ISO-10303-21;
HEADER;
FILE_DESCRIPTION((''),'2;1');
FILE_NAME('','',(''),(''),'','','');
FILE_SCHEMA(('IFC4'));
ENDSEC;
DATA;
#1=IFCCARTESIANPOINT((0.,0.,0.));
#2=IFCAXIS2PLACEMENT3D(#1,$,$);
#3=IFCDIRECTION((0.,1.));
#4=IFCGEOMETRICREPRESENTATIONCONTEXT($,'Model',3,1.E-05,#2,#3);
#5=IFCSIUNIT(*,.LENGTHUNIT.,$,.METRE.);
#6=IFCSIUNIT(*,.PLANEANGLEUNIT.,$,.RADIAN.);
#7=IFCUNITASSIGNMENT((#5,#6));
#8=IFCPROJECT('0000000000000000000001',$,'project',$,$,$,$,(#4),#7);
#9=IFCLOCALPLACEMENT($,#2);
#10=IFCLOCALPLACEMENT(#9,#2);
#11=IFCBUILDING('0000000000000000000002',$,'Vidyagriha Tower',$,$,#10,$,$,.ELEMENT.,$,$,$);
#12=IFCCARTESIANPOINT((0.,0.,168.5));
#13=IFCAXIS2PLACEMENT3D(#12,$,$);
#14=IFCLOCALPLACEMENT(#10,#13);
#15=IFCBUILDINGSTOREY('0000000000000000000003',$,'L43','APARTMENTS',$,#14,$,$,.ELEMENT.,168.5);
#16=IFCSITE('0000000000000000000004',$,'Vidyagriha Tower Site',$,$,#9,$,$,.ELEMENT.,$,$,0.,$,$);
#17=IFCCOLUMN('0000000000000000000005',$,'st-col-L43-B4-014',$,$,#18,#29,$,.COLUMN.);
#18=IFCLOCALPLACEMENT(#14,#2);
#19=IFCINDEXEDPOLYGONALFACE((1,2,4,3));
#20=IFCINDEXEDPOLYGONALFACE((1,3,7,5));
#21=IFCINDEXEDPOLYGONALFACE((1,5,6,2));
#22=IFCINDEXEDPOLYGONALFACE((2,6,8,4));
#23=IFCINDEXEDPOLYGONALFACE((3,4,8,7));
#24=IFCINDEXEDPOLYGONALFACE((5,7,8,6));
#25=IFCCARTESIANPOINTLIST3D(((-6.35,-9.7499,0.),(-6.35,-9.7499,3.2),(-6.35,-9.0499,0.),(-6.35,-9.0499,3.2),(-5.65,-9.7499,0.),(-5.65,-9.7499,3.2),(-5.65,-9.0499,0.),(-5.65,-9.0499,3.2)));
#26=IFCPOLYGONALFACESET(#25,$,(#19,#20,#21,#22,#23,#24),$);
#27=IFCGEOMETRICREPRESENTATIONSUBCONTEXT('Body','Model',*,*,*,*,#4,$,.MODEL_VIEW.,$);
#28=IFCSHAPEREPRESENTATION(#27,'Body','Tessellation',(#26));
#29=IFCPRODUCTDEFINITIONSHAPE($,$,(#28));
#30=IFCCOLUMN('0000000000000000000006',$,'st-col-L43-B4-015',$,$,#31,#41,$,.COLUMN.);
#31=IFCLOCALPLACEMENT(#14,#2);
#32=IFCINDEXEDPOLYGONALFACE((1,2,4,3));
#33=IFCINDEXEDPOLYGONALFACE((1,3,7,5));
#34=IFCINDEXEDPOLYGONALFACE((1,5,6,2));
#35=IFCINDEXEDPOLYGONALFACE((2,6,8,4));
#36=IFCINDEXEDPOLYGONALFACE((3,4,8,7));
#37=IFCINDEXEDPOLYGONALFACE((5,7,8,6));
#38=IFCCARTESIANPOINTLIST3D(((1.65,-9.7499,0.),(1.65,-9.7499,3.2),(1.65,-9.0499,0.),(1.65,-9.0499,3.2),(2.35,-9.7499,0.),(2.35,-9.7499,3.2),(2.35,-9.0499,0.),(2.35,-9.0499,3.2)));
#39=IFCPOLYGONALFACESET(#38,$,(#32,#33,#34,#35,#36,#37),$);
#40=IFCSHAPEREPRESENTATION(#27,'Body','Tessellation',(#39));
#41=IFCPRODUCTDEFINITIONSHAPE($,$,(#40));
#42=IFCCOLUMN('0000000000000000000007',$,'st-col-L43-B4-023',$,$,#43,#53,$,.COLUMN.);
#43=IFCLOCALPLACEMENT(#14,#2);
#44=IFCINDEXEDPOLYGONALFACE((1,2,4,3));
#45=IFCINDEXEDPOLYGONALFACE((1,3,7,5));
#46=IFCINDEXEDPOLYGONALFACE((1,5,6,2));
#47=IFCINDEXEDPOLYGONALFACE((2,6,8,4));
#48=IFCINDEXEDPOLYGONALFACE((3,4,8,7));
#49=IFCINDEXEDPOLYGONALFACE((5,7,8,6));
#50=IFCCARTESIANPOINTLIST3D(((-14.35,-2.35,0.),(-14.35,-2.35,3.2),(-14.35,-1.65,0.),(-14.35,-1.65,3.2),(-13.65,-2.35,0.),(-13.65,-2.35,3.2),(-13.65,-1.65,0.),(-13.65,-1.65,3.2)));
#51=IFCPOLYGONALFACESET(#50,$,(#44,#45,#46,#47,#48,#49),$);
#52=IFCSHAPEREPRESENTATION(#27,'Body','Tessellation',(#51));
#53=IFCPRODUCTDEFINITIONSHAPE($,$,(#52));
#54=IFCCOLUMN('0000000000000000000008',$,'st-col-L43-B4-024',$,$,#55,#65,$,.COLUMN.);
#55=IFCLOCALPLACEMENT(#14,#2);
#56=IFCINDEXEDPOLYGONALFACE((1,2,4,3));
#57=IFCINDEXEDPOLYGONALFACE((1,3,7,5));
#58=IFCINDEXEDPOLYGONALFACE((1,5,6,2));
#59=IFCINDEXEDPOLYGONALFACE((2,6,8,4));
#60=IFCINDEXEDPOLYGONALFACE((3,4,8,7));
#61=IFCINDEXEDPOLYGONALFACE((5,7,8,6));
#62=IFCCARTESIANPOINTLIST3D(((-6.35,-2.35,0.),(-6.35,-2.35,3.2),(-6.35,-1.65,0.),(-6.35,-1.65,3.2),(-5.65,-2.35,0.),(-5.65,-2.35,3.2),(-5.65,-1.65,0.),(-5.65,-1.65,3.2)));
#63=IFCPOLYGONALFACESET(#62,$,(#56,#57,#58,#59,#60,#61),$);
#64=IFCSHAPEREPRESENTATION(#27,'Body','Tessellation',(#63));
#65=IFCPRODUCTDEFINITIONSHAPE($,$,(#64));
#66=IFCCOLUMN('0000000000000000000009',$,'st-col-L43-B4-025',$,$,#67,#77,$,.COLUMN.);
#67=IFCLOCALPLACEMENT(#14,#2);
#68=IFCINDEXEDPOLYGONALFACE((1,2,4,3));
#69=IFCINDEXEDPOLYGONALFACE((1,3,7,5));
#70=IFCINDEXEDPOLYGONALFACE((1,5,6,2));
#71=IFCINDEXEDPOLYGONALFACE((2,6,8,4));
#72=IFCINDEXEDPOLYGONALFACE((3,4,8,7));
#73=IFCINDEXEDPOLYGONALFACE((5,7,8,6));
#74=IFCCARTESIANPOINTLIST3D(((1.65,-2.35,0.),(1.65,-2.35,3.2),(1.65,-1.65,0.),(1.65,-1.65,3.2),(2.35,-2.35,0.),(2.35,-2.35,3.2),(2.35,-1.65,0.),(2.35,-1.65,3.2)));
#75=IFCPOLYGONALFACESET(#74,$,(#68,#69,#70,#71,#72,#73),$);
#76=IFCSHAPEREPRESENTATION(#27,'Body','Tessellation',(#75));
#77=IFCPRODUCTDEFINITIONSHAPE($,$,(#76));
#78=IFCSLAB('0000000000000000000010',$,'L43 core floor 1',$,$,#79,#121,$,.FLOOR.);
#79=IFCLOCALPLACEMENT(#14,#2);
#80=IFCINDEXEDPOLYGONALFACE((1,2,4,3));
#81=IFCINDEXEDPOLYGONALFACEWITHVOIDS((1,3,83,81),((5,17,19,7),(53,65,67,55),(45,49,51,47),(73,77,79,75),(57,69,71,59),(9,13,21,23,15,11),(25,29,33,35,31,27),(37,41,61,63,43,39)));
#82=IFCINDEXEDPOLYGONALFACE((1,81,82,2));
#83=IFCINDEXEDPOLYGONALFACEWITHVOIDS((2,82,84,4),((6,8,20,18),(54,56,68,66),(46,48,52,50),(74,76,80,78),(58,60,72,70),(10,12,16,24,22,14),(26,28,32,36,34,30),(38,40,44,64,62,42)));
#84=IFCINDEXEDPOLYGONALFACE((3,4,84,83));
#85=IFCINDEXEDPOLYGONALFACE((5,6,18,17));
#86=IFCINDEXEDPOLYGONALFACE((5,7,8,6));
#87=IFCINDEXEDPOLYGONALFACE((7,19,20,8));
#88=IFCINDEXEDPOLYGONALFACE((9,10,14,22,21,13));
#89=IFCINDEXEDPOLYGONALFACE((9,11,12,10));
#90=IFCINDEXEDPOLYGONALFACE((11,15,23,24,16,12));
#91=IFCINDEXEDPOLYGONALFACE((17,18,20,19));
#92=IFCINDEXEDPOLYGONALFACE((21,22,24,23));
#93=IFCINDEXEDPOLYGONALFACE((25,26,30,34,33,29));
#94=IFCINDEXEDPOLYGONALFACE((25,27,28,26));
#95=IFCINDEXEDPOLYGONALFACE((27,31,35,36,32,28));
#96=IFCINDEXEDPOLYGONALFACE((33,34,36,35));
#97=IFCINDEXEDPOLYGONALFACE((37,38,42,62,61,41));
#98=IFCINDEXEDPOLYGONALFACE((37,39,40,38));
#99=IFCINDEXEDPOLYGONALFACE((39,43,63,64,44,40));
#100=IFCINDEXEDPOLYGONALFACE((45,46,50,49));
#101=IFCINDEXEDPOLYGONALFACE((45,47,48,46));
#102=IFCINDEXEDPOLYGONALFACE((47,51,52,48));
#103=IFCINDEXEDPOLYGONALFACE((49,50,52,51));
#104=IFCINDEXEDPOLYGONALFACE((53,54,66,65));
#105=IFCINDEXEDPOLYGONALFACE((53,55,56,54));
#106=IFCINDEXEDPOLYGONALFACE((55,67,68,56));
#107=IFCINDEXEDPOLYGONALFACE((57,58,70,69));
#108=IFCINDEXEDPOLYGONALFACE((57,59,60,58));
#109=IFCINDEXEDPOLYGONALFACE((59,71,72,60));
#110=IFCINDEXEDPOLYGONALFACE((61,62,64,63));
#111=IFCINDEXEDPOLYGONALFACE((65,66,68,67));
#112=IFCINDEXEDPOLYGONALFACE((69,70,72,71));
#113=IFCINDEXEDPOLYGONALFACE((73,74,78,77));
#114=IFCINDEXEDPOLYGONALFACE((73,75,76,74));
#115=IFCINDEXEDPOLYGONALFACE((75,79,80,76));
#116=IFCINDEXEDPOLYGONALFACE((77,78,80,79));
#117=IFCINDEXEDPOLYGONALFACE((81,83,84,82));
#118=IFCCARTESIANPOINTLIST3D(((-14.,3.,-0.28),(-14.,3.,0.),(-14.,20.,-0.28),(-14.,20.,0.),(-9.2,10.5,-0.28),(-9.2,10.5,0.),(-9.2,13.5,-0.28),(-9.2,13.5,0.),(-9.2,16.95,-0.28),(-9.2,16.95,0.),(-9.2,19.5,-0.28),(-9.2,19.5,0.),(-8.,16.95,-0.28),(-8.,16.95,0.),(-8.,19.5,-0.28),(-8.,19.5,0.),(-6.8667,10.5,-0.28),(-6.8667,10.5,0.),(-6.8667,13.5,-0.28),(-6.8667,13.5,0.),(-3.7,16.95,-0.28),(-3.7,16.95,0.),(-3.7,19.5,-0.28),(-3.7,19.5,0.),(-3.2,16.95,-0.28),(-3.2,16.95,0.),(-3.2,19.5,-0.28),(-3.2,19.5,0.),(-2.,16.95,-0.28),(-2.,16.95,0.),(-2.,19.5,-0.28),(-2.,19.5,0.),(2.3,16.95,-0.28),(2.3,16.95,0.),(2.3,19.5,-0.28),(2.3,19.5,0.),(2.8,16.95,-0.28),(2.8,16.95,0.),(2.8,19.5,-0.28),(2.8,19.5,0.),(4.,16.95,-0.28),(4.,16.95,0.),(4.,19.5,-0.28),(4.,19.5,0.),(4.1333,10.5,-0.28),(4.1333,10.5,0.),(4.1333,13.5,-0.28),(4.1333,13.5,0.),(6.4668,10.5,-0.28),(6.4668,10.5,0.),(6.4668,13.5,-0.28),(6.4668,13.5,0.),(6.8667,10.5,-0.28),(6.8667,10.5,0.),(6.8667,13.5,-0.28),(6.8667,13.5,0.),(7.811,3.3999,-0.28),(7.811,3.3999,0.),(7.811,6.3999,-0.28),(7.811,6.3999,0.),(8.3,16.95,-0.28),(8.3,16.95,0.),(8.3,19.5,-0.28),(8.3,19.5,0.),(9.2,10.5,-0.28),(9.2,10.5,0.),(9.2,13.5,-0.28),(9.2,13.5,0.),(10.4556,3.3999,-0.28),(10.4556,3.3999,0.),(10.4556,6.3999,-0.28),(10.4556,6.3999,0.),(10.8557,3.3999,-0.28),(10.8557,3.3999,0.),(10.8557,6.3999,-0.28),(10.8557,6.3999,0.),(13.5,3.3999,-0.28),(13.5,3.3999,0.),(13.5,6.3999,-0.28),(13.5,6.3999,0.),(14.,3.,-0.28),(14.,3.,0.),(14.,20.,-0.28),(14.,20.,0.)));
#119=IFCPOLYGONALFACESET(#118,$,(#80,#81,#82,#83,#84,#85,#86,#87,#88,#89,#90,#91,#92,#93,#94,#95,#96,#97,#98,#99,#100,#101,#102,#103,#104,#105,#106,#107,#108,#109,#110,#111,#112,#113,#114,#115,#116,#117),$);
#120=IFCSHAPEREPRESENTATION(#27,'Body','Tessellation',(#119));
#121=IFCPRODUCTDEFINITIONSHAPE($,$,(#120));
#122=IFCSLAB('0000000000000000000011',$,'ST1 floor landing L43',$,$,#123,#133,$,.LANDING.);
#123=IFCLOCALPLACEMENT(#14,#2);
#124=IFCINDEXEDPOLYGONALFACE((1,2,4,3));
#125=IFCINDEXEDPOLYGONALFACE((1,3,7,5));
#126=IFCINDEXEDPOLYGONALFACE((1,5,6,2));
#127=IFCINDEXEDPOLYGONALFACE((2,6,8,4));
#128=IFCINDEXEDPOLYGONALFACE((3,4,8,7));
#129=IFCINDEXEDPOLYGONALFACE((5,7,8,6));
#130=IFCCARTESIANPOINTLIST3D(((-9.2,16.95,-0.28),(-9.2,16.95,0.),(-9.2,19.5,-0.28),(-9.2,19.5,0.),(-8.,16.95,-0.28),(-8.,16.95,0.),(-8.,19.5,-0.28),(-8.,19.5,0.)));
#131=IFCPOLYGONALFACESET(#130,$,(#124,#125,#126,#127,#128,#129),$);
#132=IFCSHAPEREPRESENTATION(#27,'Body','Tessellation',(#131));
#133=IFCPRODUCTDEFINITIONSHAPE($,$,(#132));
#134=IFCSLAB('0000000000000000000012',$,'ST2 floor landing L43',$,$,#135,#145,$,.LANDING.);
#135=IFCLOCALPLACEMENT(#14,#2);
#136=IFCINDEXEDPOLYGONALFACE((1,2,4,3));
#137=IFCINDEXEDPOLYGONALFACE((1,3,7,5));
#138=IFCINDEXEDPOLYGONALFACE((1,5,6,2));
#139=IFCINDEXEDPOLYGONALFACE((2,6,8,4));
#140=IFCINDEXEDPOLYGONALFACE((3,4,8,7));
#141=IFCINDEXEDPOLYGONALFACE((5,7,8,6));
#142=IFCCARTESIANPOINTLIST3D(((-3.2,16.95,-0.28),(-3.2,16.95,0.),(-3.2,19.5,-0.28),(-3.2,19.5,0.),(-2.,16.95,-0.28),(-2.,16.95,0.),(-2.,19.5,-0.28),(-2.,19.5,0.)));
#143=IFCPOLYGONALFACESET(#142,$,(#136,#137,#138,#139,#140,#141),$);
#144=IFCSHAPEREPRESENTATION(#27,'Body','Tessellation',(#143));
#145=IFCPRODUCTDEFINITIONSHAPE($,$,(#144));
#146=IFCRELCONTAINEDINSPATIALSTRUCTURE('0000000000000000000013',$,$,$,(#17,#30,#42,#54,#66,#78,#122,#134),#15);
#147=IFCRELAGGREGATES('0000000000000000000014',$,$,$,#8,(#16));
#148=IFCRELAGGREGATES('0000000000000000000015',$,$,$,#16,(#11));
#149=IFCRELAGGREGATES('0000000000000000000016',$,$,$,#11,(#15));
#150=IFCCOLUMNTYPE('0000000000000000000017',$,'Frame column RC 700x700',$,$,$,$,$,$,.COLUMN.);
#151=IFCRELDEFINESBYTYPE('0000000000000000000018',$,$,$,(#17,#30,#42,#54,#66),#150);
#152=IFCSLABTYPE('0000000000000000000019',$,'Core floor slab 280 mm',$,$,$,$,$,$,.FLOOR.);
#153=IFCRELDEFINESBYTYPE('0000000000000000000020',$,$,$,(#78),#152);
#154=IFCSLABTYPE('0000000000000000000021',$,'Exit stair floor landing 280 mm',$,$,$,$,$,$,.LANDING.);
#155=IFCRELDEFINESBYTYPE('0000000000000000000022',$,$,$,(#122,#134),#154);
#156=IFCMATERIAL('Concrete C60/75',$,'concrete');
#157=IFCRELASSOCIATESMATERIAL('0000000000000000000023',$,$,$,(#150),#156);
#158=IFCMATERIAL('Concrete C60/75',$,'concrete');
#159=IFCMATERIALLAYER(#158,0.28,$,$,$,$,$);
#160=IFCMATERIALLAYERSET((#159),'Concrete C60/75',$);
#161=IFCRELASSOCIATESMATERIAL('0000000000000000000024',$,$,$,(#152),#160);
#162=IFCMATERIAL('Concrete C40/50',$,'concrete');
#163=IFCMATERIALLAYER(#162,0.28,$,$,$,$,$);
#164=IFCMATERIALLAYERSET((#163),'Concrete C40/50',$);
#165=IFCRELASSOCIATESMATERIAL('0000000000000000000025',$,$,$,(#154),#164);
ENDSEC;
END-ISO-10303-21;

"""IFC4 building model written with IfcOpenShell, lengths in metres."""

from ifc_helpers import new_model, si_unit, direction, frame, origin, origin_2d, place, context, subcontext, project, spatial, polyline, rectangle, outline, extrude, material, layer, layer_set, material_profile, profile_set, type_object, element, save


model = new_model("IFC4")

# Units and contexts
model_context = context("Model", 3, precision=1e-05, world=origin(), true_north=direction((0.0, 1.0)))
body_context = subcontext(model_context, "Body", "Model", "MODEL_VIEW")
ifc_project = project(units=[si_unit("LENGTHUNIT", "METRE"), si_unit("PLANEANGLEUNIT", "RADIAN")], contexts=[model_context])

# Site, building, storey
site_placement = place(None, origin())
site = spatial("IfcSite", under=ifc_project, at=site_placement, Name="Vidyagriha Tower Site", CompositionType="ELEMENT", RefElevation=0.0)
building_placement = place(site_placement, origin())
building = spatial("IfcBuilding", under=site, at=building_placement, Name="Vidyagriha Tower", CompositionType="ELEMENT")
storey_placement = place(building_placement, frame((0.0, 0.0, 168.5)))
storey = spatial("IfcBuildingStorey", under=building, at=storey_placement, Name="L43", Description="APARTMENTS", CompositionType="ELEMENT", Elevation=168.5)

# Columns
ifc_material_1 = material(Name="Concrete C60/75", Category="concrete")
ifc_material_profile = material_profile(ifc_material_1, rectangle(XDim=0.7, YDim=0.7, at=origin_2d()), Name="RC 700x700")
ifc_profile_set = profile_set([ifc_material_profile], Name="Concrete C60/75")
column_type = type_object("IfcColumnType", Name="Frame column RC 700x700", PredefinedType="COLUMN", material=ifc_profile_set)
for number, where, name in (
    (1, (-6.0, -9.3999, 0.0), "st-col-L43-B4-014"),
    (2, (2.0, -9.3999, 0.0), "st-col-L43-B4-015"),
    (3, (-14.0, -2.0, 0.0), "st-col-L43-B4-023"),
    (4, (-6.0, -2.0, 0.0), "st-col-L43-B4-024"),
    (5, (2.0, -2.0, 0.0), "st-col-L43-B4-025"),
):
    element("IfcColumn", number, at=place(storey_placement, frame(where)), inside=storey, type_object=column_type, Name=name, PredefinedType="COLUMN", context=body_context, shape_type="SweptSolid", body=[
        extrude(rectangle(XDim=0.7, YDim=0.7, at=origin_2d()), origin(), (0.0, 0.0, 1.0), 3.2),
    ])

# Slabs
ifc_material_2 = material(Name="Concrete C60/75", Category="concrete")
ifc_layer_1 = layer(ifc_material_2, 0.28)
ifc_layer_set_1 = layer_set([ifc_layer_1], Name="Concrete C60/75")
slab_type_1 = type_object("IfcSlabType", Name="Core floor slab 280 mm", PredefinedType="FLOOR", material=ifc_layer_set_1)
slab_1_placement = place(storey_placement, frame((0.0, 0.0, -0.28)))
element("IfcSlab", 6, at=slab_1_placement, inside=storey, type_object=slab_type_1, Name="L43 core floor 1", PredefinedType="FLOOR", context=body_context, shape_type="SweptSolid", body=[
    extrude(outline(polyline([(-14.0, 3.0), (-14.0, 20.0), (14.0, 20.0), (14.0, 3.0), (-14.0, 3.0)]), holes=[polyline([(13.5, 6.3999), (10.8557, 6.3999), (10.8557, 3.3999), (13.5, 3.3999), (13.5, 6.3999)]), polyline([(10.4556, 6.3999), (7.811, 6.3999), (7.811, 3.3999), (10.4556, 3.3999), (10.4556, 6.3999)]), polyline([(9.2, 13.5), (6.8667, 13.5), (6.8667, 10.5), (9.2, 10.5), (9.2, 13.5)]), polyline([(2.8, 19.5), (2.8, 16.95), (4.0, 16.95), (8.3, 16.95), (8.3, 19.5), (4.0, 19.5), (2.8, 19.5)]), polyline([(4.1333, 13.5), (4.1333, 10.5), (6.4668, 10.5), (6.4668, 13.5), (4.1333, 13.5)]), polyline([(-2.0, 19.5), (-3.2, 19.5), (-3.2, 16.95), (-2.0, 16.95), (2.3, 16.95), (2.3, 19.5), (-2.0, 19.5)]), polyline([(-9.2, 19.5), (-9.2, 16.95), (-8.0, 16.95), (-3.7, 16.95), (-3.7, 19.5), (-8.0, 19.5), (-9.2, 19.5)]), polyline([(-9.2, 13.5), (-9.2, 10.5), (-6.8667, 10.5), (-6.8667, 13.5), (-9.2, 13.5)])]), origin(), (0.0, 0.0, 1.0), 0.28),
])
ifc_material_3 = material(Name="Concrete C40/50", Category="concrete")
ifc_layer_2 = layer(ifc_material_3, 0.28)
ifc_layer_set_2 = layer_set([ifc_layer_2], Name="Concrete C40/50")
slab_type_2 = type_object("IfcSlabType", Name="Exit stair floor landing 280 mm", PredefinedType="LANDING", material=ifc_layer_set_2)
slab_2_placement = place(storey_placement, frame((0.0, 0.0, -0.28)))
element("IfcSlab", 7, at=slab_2_placement, inside=storey, type_object=slab_type_2, Name="ST1 floor landing L43", PredefinedType="LANDING", context=body_context, shape_type="SweptSolid", body=[
    extrude(outline(polyline([(-9.2, 16.95), (-8.0, 16.95), (-8.0, 19.5), (-9.2, 19.5), (-9.2, 16.95)])), origin(), (0.0, 0.0, 1.0), 0.28),
])
slab_3_placement = place(storey_placement, frame((0.0, 0.0, -0.28)))
element("IfcSlab", 8, at=slab_3_placement, inside=storey, type_object=slab_type_2, Name="ST2 floor landing L43", PredefinedType="LANDING", context=body_context, shape_type="SweptSolid", body=[
    extrude(outline(polyline([(-3.2, 16.95), (-2.0, 16.95), (-2.0, 19.5), (-3.2, 19.5), (-3.2, 16.95)])), origin(), (0.0, 0.0, 1.0), 0.28),
])

save(model, "model.ifc")
